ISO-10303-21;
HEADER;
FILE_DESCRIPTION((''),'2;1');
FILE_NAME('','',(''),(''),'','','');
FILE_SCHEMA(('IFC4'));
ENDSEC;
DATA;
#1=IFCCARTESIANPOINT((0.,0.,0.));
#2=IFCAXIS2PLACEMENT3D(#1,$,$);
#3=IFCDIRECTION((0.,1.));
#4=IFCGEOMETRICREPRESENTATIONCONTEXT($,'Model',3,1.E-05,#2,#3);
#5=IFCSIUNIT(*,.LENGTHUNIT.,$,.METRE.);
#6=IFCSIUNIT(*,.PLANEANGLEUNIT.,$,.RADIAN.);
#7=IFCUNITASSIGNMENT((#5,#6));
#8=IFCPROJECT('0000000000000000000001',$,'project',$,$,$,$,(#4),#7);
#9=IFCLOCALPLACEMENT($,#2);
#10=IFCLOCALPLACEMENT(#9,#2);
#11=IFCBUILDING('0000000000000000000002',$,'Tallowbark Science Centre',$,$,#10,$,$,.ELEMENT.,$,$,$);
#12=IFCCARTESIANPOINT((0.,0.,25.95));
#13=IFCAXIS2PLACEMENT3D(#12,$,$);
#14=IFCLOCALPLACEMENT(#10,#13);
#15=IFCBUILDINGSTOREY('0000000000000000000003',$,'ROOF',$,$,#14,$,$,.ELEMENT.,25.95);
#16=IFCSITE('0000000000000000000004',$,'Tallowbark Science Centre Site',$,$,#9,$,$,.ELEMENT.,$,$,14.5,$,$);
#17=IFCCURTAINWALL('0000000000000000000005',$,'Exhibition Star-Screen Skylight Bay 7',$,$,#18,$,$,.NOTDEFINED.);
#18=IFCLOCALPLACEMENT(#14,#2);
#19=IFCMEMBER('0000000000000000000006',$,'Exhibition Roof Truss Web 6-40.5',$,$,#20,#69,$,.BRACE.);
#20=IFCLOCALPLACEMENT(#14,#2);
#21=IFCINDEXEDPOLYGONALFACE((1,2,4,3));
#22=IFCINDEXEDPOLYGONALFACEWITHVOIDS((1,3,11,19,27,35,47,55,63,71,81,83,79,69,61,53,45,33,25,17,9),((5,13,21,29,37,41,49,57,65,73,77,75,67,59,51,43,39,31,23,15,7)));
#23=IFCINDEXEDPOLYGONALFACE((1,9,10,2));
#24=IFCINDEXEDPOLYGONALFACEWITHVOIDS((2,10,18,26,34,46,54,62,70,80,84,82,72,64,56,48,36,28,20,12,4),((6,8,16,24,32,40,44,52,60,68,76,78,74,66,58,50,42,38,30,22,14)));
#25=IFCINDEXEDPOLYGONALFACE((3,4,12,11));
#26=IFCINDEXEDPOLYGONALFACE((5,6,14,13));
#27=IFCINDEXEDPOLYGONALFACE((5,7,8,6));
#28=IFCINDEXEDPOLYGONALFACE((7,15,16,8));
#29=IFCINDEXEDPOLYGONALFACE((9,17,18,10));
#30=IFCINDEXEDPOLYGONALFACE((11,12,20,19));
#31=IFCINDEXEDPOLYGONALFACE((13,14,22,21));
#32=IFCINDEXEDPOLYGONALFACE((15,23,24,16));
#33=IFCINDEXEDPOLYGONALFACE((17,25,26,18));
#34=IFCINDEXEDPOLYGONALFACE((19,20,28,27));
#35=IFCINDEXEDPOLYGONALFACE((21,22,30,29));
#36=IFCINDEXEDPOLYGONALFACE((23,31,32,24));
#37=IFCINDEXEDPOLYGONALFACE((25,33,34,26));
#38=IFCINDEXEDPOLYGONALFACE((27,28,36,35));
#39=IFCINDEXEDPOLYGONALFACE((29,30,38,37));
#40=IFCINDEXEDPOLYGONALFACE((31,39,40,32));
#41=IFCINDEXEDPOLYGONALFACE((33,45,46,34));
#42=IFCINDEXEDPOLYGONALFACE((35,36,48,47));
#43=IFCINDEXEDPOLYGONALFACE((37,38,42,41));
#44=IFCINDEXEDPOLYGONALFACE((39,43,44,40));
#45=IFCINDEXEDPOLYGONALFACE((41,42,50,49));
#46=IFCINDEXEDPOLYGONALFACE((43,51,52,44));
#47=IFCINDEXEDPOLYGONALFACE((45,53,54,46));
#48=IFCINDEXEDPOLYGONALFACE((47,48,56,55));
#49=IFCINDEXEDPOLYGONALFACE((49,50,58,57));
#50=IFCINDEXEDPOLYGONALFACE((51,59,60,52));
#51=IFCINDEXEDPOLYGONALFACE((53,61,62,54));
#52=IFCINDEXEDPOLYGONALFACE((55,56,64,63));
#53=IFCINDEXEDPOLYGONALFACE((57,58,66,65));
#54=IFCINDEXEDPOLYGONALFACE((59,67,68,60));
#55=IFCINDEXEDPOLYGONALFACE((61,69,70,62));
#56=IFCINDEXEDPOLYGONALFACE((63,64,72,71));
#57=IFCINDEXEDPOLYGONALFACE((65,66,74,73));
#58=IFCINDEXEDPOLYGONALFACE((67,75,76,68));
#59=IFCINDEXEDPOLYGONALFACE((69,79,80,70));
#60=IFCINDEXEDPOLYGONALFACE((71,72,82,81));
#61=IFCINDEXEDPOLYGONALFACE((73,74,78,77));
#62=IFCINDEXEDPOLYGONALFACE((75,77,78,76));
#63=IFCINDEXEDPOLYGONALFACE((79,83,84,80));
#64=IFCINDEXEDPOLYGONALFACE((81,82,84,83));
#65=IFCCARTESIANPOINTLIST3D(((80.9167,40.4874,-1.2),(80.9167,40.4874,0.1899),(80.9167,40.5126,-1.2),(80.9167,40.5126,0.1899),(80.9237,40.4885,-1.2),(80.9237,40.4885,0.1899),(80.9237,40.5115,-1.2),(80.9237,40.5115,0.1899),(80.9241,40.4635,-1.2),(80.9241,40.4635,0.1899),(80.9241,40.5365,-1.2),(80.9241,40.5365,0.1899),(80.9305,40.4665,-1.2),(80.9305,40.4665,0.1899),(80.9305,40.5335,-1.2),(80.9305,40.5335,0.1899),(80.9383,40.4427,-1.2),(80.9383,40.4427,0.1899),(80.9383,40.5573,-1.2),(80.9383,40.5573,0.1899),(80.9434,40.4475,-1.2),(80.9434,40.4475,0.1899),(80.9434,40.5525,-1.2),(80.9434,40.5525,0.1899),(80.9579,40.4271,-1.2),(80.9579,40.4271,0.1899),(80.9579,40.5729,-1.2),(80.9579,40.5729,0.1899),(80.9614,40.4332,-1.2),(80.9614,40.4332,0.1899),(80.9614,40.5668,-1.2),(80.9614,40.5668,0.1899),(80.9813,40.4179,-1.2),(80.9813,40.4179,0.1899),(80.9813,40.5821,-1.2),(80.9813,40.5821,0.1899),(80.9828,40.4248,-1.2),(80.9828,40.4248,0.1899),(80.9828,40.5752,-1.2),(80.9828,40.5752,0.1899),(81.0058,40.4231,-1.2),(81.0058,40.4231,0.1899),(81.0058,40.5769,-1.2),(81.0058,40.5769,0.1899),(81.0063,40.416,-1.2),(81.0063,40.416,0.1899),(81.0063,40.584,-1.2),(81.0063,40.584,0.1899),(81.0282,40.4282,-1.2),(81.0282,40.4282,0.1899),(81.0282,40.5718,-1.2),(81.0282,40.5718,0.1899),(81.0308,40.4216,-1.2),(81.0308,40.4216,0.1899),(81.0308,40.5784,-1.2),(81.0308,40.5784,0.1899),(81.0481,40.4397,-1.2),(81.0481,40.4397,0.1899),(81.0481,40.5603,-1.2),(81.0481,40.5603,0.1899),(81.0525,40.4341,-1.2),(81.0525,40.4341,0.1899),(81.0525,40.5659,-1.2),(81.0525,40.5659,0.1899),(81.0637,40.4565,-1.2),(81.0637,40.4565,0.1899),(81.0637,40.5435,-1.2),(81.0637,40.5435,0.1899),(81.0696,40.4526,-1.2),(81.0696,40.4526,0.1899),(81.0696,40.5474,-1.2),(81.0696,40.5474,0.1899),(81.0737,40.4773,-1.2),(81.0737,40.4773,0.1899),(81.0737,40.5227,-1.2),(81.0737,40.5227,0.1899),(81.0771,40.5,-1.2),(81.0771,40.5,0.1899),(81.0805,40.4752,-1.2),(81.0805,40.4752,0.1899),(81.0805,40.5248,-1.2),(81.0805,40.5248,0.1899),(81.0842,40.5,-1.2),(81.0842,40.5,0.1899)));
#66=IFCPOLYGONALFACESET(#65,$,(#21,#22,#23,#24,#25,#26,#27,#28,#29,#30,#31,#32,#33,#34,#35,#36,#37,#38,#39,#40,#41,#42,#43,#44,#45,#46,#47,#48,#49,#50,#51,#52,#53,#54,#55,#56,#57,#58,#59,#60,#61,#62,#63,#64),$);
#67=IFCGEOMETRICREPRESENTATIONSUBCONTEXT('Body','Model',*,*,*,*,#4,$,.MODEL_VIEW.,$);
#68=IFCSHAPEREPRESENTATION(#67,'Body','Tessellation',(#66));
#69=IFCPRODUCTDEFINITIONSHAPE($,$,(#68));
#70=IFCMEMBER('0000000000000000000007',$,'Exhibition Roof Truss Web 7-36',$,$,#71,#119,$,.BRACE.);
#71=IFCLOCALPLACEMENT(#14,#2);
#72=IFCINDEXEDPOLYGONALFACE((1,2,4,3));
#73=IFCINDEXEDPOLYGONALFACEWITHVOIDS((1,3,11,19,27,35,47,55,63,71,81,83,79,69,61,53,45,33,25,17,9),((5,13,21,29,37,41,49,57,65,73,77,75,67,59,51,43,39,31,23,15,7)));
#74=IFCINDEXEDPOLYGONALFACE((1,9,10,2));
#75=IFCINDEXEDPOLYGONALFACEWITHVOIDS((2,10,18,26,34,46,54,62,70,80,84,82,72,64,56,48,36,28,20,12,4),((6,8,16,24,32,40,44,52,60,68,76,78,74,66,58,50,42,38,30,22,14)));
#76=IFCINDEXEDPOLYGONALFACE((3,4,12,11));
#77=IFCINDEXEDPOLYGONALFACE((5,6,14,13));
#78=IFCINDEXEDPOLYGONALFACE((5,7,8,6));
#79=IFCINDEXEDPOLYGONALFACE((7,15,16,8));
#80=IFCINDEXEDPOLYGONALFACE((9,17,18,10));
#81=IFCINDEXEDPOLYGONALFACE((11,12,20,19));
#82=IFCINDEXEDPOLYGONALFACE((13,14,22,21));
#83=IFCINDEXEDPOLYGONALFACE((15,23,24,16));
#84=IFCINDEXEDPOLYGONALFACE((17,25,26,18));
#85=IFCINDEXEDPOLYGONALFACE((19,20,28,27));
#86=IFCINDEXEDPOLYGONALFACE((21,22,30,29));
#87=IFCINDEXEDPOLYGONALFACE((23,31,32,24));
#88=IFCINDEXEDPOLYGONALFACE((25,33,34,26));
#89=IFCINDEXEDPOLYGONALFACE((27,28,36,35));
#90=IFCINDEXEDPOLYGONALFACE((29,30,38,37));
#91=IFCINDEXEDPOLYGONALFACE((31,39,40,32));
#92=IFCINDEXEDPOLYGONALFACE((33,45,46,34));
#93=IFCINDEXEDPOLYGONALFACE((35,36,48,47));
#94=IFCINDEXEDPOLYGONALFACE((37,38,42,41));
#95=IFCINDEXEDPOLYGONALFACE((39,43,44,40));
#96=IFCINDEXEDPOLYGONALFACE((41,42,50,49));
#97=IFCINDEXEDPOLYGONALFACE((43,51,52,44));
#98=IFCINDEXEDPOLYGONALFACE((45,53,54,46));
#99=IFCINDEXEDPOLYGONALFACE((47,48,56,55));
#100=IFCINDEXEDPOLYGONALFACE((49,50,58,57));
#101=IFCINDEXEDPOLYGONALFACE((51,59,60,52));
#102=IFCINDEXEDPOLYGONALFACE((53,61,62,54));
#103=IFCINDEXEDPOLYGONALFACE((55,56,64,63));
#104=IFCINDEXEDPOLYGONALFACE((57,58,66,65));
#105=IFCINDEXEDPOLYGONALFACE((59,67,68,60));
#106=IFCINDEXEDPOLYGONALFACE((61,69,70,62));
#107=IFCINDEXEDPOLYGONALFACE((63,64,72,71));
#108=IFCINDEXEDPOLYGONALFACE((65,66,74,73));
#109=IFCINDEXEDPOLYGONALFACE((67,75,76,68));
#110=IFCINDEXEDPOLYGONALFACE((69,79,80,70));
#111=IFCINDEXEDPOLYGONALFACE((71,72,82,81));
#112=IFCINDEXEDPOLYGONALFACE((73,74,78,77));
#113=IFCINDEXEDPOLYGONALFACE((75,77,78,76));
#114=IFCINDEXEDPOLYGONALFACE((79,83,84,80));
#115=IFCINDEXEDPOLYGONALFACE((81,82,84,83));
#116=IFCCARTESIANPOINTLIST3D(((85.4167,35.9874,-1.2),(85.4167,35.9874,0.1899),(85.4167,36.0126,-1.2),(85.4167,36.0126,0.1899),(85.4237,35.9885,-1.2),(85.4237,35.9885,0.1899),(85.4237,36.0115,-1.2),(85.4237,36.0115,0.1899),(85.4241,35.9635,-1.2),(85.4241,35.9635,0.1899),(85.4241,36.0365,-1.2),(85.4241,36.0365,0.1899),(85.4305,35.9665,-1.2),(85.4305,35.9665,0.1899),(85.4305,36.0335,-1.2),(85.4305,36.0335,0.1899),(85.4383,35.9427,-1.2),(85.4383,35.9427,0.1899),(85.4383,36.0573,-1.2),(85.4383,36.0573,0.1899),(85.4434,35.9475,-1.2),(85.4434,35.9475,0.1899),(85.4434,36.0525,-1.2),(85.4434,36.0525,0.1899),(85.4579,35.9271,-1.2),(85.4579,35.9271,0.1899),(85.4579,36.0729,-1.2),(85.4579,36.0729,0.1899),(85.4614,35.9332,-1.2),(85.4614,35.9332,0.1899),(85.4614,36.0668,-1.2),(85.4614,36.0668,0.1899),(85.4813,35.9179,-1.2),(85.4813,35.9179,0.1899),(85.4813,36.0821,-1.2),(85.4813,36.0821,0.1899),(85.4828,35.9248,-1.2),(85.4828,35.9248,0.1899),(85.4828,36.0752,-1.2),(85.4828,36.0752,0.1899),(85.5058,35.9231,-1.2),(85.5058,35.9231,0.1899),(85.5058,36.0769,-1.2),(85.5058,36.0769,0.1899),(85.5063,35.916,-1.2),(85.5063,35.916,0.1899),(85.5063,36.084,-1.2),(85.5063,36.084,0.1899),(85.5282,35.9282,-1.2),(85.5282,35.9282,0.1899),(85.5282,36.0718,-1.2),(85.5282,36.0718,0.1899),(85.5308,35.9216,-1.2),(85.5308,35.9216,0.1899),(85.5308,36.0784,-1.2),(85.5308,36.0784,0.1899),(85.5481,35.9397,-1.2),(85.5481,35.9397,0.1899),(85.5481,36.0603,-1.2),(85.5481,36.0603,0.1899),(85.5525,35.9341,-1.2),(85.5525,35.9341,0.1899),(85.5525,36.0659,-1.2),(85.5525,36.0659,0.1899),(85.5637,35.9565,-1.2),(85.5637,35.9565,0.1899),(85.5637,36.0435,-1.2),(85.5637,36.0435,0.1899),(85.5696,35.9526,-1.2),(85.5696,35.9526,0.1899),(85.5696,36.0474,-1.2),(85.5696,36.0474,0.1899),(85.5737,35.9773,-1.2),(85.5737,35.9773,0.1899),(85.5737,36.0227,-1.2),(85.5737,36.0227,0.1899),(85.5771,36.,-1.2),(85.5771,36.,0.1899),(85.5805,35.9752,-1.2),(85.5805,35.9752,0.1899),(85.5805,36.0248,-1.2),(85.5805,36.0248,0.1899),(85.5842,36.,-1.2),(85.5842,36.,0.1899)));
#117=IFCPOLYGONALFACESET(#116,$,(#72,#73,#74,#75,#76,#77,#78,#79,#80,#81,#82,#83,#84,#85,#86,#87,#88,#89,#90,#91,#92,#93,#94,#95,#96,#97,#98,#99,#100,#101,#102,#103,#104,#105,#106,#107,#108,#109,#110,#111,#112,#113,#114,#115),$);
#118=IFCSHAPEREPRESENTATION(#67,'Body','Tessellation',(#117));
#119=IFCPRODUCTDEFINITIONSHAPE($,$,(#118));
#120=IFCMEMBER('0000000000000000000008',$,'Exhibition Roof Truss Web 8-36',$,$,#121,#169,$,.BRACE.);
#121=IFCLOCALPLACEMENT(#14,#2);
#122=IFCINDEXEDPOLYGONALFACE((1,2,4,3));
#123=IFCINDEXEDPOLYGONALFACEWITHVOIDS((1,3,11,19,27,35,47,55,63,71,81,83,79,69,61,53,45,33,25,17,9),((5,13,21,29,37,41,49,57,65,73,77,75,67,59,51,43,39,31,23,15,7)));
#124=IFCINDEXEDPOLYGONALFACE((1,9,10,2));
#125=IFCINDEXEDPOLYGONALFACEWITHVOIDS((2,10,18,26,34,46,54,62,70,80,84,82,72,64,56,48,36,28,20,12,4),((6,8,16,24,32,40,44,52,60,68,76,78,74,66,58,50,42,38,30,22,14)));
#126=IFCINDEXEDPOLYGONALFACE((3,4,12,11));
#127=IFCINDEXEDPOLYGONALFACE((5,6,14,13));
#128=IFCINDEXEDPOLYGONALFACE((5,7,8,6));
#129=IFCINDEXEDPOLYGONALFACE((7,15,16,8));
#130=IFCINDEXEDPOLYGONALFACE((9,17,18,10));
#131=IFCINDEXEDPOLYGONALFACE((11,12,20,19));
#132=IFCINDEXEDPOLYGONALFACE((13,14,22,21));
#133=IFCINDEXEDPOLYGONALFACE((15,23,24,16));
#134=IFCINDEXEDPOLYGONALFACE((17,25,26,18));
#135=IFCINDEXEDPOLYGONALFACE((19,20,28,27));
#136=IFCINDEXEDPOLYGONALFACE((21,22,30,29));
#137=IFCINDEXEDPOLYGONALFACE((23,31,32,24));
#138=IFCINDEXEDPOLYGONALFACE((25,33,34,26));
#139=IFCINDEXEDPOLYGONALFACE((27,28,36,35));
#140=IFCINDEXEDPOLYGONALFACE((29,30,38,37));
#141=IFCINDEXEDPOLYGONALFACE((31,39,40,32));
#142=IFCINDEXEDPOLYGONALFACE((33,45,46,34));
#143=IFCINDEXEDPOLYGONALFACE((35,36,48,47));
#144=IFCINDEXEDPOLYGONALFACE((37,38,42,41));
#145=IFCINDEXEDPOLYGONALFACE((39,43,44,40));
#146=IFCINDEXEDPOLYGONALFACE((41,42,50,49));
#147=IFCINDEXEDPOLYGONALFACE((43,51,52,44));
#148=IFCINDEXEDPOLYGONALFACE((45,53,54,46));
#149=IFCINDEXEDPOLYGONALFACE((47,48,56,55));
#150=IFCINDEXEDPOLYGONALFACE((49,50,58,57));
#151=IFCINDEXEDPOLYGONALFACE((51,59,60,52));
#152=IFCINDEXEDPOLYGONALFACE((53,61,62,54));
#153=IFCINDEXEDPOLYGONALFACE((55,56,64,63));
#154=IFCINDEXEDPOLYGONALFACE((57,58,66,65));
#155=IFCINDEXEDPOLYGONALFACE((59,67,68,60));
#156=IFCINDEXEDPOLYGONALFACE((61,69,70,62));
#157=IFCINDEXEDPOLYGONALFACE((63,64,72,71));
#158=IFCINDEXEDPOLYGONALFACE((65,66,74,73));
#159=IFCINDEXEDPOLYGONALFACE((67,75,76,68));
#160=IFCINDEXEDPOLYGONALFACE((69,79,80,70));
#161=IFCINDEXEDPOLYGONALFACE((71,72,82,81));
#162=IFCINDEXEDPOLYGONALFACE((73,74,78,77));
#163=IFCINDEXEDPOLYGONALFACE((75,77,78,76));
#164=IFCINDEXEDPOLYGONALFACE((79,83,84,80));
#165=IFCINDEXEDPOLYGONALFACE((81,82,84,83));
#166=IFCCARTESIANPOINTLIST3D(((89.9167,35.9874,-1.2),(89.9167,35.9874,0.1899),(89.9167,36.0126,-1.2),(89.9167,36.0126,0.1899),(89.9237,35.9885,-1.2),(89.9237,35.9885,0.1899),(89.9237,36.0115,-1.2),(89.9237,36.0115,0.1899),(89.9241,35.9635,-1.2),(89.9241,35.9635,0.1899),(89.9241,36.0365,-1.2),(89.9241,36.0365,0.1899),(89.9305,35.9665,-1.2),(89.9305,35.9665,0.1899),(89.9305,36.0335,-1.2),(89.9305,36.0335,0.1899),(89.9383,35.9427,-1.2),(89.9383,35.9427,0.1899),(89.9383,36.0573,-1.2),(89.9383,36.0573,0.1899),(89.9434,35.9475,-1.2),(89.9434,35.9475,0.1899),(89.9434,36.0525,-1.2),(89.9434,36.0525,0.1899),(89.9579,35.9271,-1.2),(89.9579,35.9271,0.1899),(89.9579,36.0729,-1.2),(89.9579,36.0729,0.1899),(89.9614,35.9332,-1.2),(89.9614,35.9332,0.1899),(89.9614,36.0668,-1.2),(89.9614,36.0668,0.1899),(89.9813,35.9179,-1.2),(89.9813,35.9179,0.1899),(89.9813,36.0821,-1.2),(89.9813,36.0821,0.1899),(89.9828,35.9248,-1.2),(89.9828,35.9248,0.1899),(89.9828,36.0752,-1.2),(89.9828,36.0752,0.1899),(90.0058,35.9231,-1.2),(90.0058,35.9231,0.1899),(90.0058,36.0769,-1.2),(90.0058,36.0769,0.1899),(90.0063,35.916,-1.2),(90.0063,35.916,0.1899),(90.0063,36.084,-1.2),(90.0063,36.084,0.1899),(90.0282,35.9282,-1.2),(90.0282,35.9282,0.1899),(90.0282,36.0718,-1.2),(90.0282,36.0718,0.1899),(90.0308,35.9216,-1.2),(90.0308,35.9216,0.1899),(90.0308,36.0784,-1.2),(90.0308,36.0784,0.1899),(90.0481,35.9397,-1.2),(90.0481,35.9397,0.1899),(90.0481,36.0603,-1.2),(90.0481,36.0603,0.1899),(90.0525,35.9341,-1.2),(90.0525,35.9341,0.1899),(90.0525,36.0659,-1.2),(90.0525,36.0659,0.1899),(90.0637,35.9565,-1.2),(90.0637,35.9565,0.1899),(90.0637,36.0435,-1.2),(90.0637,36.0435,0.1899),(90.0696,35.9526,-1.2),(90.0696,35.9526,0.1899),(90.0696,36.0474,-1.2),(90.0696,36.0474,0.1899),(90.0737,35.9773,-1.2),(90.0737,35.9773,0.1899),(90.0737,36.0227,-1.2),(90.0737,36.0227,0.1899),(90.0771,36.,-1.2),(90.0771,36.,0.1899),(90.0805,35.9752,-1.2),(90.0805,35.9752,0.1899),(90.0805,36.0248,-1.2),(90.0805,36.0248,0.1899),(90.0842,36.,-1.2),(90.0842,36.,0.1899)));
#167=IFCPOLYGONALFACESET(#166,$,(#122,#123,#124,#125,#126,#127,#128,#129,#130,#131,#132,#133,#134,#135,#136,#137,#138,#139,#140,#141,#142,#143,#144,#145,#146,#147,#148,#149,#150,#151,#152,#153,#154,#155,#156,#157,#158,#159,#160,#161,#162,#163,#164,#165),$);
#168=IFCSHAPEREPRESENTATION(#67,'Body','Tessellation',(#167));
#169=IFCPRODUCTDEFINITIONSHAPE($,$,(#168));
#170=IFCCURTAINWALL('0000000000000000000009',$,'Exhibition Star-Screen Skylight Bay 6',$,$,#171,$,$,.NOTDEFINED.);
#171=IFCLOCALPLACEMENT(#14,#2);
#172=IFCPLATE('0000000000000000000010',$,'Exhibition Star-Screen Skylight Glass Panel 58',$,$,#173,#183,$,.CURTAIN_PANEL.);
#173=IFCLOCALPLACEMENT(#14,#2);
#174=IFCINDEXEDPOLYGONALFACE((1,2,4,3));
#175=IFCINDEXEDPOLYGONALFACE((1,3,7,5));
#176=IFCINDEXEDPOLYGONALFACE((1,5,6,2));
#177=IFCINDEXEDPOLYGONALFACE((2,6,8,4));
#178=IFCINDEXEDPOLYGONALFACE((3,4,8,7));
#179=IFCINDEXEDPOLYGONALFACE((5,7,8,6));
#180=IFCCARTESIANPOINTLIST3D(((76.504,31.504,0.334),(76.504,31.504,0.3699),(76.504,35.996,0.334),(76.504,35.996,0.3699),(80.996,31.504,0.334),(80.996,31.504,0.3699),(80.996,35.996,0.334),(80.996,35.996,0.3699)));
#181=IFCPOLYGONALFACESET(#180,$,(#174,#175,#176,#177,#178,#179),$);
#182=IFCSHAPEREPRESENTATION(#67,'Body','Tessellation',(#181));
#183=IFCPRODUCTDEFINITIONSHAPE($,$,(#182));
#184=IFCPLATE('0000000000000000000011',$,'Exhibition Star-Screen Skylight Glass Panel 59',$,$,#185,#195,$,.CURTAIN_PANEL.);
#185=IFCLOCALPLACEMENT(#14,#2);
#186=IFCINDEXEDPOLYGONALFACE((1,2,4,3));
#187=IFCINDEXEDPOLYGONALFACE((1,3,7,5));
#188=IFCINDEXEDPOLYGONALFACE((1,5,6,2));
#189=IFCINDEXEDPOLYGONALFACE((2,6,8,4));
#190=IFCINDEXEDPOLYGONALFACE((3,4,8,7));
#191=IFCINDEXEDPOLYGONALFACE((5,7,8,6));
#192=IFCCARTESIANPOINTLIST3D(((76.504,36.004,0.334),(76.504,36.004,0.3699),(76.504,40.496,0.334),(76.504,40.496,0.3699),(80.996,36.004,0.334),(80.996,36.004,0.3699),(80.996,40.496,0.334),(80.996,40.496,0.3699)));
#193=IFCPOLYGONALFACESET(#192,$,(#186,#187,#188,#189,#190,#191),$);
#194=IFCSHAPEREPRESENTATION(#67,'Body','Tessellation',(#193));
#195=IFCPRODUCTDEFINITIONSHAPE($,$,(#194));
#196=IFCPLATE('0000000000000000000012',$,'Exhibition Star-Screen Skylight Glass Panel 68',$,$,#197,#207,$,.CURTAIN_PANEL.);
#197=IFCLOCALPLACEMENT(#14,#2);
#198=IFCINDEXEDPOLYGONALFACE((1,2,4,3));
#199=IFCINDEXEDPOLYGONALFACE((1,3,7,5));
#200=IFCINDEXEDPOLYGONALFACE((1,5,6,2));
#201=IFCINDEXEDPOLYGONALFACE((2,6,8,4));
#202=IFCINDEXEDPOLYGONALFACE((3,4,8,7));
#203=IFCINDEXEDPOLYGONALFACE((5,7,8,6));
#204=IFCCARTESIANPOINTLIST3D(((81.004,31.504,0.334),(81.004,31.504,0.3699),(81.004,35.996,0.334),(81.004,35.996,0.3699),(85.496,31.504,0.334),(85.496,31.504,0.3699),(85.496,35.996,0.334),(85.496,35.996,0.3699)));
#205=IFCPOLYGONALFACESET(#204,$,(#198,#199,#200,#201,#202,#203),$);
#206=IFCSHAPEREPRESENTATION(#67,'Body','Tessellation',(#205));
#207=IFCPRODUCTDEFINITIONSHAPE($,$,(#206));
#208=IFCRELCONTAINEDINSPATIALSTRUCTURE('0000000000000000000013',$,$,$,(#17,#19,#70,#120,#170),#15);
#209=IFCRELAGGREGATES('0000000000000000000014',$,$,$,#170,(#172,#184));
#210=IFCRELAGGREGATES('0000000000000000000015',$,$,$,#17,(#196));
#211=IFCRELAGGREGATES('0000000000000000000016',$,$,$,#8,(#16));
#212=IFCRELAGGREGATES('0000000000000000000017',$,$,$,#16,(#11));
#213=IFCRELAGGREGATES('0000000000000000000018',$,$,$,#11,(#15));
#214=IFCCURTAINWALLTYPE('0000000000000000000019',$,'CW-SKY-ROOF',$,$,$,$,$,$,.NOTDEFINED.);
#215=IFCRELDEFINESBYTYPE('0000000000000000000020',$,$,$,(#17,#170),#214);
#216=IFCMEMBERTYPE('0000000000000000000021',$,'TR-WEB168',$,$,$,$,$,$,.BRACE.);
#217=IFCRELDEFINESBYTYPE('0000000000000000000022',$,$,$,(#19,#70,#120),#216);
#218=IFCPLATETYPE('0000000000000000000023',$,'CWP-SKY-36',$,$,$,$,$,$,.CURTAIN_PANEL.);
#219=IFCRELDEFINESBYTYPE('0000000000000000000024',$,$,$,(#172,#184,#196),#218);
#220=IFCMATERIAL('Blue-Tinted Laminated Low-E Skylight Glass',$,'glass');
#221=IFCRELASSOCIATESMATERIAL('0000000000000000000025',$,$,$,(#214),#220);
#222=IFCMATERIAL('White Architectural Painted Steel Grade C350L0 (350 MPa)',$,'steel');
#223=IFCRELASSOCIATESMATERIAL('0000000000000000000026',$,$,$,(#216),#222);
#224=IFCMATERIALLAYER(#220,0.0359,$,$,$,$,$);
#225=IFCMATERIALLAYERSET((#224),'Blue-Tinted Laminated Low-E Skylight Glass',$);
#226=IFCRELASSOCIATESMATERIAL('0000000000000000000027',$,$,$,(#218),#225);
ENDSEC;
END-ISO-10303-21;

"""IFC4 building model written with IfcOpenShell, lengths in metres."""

from ifc_helpers import new_model, si_unit, direction, frame, origin, origin_2d, place, context, subcontext, project, spatial, rectangle, hollow_circle, extrude, material, layer, layer_set, material_profile, profile_set, type_object, element, aggregate, save


model = new_model("IFC4")

# Units and contexts
model_context = context("Model", 3, precision=1e-05, world=origin(), true_north=direction((0.0, 1.0)))
body_context = subcontext(model_context, "Body", "Model", "MODEL_VIEW")
ifc_project = project(units=[si_unit("LENGTHUNIT", "METRE"), si_unit("PLANEANGLEUNIT", "RADIAN")], contexts=[model_context])

# Site, building, storey
site_placement = place(None, origin())
site = spatial("IfcSite", under=ifc_project, at=site_placement, Name="Tallowbark Science Centre Site", CompositionType="ELEMENT", RefElevation=14.5)
building_placement = place(site_placement, origin())
building = spatial("IfcBuilding", under=site, at=building_placement, Name="Tallowbark Science Centre", CompositionType="ELEMENT")
storey_placement = place(building_placement, frame((0.0, 0.0, 25.95)))
storey = spatial("IfcBuildingStorey", under=building, at=storey_placement, Name="ROOF", CompositionType="ELEMENT", Elevation=25.95)

# Curtain wall
ifc_material_1 = material(Name="Blue-Tinted Laminated Low-E Skylight Glass", Category="glass")
curtain_wall_type = type_object("IfcCurtainWallType", Name="CW-SKY-ROOF", PredefinedType="NOTDEFINED", material=ifc_material_1)
curtain_wall_1_placement = place(storey_placement, origin())
curtain_wall_1 = element("IfcCurtainWall", 1, at=curtain_wall_1_placement, inside=storey, type_object=curtain_wall_type, Name="Exhibition Star-Screen Skylight Bay 7", PredefinedType="NOTDEFINED")

# Members
ifc_material_2 = material(Name="White Architectural Painted Steel Grade C350L0 (350 MPa)", Category="steel")
ifc_material_profile_1 = material_profile(ifc_material_2, hollow_circle(Radius=0.0842, WallThickness=0.0071, at=origin_2d()), Name="168.3x7.1CHS")
ifc_profile_set_1 = profile_set([ifc_material_profile_1], Name="White Architectural Painted Steel Grade C350L0 (350 MPa)")
member_type_1 = type_object("IfcMemberType", Name="TR-WEB168", PredefinedType="BRACE", material=ifc_profile_set_1)
for number, where, z_axis, x_axis, name in (
    (2, (81.0, 40.5, -1.2), (0.0, 0.0, 1.0), (1.0, 0.0, 0.0), "Exhibition Roof Truss Web 6-40.5"),
    (3, (85.5, 36.0, -1.2), (0.0, 0.0, 1.0), (1.0, 0.0, 0.0), "Exhibition Roof Truss Web 7-36"),
    (4, (90.0, 36.0, -1.2), (0.0, 0.0, 1.0), (1.0, 0.0, 0.0), "Exhibition Roof Truss Web 8-36"),
):
    element("IfcMember", number, at=place(storey_placement, frame(where, z_axis=z_axis, x_axis=x_axis)), inside=storey, type_object=member_type_1, Name=name, PredefinedType="BRACE", context=body_context, shape_type="SweptSolid", body=[
        extrude(hollow_circle(Radius=0.0842, WallThickness=0.0071, at=origin_2d()), origin(), (0.0, 0.0, 1.0), 1.3899),
    ])

# Curtain wall, plates
curtain_wall_2_placement = place(storey_placement, origin())
curtain_wall_2 = element("IfcCurtainWall", 5, at=curtain_wall_2_placement, inside=storey, type_object=curtain_wall_type, Name="Exhibition Star-Screen Skylight Bay 6", PredefinedType="NOTDEFINED")
ifc_layer_1 = layer(ifc_material_1, 0.0359)
ifc_layer_set_1 = layer_set([ifc_layer_1], Name="Blue-Tinted Laminated Low-E Skylight Glass")
plate_type_1 = type_object("IfcPlateType", Name="CWP-SKY-36", PredefinedType="CURTAIN_PANEL", material=ifc_layer_set_1)
plate_1_placement = place(storey_placement, frame((78.75, 33.75, 0.334), z_axis=(0.0, 0.0, 1.0), x_axis=(1.0, 0.0, 0.0)))
plate_1 = element("IfcPlate", 6, at=plate_1_placement, type_object=plate_type_1, Name="Exhibition Star-Screen Skylight Glass Panel 58", PredefinedType="CURTAIN_PANEL", context=body_context, shape_type="SweptSolid", body=[
    extrude(rectangle(XDim=4.4919, YDim=4.4919, at=origin_2d()), origin(), (0.0, 0.0, 1.0), 0.0359),
])
plate_2_placement = place(storey_placement, frame((78.75, 38.25, 0.334), z_axis=(0.0, 0.0, 1.0), x_axis=(1.0, 0.0, 0.0)))
plate_2 = element("IfcPlate", 7, at=plate_2_placement, type_object=plate_type_1, Name="Exhibition Star-Screen Skylight Glass Panel 59", PredefinedType="CURTAIN_PANEL", context=body_context, shape_type="SweptSolid", body=[
    extrude(rectangle(XDim=4.4919, YDim=4.4919, at=origin_2d()), origin(), (0.0, 0.0, 1.0), 0.0359),
])
aggregate(curtain_wall_2, [plate_1, plate_2])

# Plate
plate_3_placement = place(storey_placement, frame((83.25, 33.75, 0.334), z_axis=(0.0, 0.0, 1.0), x_axis=(1.0, 0.0, 0.0)))
plate_3 = element("IfcPlate", 8, at=plate_3_placement, type_object=plate_type_1, Name="Exhibition Star-Screen Skylight Glass Panel 68", PredefinedType="CURTAIN_PANEL", context=body_context, shape_type="SweptSolid", body=[
    extrude(rectangle(XDim=4.4919, YDim=4.4919, at=origin_2d()), origin(), (0.0, 0.0, 1.0), 0.0359),
])
aggregate(curtain_wall_1, [plate_3])

save(model, "model.ifc")
